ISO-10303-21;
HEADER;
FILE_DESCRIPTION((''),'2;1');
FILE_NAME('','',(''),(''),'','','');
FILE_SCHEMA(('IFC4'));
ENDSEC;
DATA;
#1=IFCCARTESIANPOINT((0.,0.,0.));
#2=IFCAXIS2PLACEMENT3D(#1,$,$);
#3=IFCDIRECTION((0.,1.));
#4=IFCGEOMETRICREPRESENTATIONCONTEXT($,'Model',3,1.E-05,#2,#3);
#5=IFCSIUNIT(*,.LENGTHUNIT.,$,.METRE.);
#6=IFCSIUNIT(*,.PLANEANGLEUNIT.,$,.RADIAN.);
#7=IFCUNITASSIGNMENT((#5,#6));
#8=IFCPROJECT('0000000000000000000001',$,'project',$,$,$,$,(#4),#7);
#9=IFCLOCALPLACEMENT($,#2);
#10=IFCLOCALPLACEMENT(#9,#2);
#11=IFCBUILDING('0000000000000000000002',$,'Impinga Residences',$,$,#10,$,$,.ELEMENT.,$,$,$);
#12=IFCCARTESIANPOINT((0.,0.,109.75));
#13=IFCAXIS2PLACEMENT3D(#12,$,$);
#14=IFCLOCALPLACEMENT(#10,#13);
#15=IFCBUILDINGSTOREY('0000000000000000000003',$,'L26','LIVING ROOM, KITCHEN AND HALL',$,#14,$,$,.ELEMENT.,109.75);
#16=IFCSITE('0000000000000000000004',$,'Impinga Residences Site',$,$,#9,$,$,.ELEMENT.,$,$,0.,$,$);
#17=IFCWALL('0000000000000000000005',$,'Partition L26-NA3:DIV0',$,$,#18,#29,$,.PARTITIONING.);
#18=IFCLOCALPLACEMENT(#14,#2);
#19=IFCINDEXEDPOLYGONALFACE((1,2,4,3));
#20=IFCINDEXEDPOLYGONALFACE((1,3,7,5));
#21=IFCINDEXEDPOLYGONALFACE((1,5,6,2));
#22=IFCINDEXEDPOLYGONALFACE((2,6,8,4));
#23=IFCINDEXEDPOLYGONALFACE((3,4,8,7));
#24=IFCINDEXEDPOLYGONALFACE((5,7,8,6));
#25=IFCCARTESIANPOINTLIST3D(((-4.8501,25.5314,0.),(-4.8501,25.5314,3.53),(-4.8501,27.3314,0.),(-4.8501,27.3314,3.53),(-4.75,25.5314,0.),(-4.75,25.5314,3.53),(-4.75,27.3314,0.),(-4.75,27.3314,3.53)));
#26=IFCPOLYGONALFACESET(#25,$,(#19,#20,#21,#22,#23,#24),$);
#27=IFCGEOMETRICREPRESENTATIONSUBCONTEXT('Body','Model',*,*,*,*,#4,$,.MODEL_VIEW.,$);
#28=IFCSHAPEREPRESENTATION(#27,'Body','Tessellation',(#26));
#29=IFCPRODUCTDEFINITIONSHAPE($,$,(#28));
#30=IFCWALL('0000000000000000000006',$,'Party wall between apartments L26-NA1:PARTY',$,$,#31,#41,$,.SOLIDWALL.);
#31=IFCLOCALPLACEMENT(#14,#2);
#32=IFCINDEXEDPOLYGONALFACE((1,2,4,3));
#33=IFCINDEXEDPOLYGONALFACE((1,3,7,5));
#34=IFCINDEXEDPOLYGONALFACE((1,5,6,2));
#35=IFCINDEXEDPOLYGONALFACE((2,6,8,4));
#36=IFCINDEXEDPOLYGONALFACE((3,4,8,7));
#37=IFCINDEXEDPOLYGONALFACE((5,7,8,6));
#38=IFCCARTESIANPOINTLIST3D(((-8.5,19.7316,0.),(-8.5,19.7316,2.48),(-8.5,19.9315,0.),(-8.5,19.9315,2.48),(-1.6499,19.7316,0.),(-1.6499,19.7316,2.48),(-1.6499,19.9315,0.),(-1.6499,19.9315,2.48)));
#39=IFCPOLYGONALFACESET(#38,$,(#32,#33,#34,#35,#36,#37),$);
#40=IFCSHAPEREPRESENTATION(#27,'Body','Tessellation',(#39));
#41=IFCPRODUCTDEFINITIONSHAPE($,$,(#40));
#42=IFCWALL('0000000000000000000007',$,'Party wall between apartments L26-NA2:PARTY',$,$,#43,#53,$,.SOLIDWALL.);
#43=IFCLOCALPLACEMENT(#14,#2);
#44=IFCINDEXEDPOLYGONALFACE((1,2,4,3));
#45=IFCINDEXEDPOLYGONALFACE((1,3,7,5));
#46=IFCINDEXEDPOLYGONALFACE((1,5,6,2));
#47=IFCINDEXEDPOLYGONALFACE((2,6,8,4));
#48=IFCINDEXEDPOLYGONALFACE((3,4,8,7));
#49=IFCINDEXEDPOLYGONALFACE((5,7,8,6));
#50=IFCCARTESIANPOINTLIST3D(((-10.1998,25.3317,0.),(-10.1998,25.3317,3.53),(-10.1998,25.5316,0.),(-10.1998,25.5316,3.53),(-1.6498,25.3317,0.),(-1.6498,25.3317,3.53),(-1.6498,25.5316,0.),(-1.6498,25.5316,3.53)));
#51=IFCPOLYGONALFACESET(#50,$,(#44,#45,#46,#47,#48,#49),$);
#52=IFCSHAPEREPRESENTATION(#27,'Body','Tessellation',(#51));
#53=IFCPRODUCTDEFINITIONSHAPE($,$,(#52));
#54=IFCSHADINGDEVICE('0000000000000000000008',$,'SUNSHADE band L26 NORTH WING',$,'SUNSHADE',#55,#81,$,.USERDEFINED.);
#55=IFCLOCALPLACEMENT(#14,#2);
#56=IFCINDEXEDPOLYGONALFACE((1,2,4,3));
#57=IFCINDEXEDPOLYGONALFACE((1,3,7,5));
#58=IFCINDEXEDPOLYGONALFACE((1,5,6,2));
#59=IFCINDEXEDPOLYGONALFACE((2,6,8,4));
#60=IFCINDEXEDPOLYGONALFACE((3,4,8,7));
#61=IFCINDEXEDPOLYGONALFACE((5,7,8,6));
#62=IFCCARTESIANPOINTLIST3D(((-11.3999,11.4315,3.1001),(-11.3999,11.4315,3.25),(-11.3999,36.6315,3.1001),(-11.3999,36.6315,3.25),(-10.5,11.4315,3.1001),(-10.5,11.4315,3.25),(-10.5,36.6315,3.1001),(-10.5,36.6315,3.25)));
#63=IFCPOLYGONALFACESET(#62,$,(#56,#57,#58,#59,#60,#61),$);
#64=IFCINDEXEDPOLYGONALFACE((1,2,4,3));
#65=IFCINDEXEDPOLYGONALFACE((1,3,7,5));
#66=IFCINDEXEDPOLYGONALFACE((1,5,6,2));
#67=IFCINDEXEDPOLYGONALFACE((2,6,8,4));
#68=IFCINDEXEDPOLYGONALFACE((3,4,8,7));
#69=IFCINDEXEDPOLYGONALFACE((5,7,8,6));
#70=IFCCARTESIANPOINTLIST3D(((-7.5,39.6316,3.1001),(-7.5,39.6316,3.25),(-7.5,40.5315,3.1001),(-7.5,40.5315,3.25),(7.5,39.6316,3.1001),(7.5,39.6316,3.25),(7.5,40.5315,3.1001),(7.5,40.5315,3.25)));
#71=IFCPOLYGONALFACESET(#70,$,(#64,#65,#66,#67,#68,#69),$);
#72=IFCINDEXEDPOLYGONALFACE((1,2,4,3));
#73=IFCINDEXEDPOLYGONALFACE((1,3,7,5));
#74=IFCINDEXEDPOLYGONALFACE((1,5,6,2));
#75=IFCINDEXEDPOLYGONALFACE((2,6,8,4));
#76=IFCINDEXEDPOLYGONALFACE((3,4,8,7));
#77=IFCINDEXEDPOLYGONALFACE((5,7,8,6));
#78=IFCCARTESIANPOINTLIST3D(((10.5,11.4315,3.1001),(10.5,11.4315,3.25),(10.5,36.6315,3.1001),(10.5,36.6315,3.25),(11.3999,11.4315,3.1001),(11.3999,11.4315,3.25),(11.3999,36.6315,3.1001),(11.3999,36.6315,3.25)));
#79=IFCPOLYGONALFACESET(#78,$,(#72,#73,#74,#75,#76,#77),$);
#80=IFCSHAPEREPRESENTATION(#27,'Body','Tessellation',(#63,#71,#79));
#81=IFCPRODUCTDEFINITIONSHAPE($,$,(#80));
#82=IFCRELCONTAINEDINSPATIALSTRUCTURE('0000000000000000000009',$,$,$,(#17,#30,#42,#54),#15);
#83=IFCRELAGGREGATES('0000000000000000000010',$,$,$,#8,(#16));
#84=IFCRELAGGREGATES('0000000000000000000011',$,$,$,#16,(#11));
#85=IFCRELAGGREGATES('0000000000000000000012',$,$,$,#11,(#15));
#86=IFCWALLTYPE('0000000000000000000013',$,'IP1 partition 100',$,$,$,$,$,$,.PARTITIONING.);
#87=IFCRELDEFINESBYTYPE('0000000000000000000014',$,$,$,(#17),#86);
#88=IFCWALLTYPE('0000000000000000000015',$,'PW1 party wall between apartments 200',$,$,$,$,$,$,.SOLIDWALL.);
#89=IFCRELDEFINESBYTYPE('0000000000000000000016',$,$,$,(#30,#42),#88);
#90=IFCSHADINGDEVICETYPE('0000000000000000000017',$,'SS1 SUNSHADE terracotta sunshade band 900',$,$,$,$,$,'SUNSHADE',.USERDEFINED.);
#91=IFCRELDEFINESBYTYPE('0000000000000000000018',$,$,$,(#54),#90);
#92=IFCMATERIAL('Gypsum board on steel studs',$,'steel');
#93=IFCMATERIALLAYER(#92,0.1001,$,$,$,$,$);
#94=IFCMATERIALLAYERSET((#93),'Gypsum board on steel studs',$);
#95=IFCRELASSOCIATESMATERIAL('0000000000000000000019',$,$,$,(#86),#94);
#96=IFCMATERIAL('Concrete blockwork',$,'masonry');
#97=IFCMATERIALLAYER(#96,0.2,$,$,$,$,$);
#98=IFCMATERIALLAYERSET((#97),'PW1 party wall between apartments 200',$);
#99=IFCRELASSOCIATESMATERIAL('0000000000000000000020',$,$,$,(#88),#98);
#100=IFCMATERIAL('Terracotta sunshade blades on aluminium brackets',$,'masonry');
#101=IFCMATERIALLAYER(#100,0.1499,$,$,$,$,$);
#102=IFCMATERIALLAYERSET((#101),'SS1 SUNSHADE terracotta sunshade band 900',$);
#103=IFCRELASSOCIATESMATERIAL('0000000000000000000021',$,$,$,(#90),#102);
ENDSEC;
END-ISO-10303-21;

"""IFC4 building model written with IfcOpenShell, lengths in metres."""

from ifc_helpers import new_model, si_unit, direction, frame, frame_2d, origin, origin_2d, place, context, subcontext, project, spatial, rectangle, extrude, material, layer, layer_set, type_object, element, save


model = new_model("IFC4")

# Units and contexts
model_context = context("Model", 3, precision=1e-05, world=origin(), true_north=direction((0.0, 1.0)))
body_context = subcontext(model_context, "Body", "Model", "MODEL_VIEW")
ifc_project = project(units=[si_unit("LENGTHUNIT", "METRE"), si_unit("PLANEANGLEUNIT", "RADIAN")], contexts=[model_context])

# Site, building, storey
site_placement = place(None, origin())
site = spatial("IfcSite", under=ifc_project, at=site_placement, Name="Impinga Residences Site", CompositionType="ELEMENT", RefElevation=0.0)
building_placement = place(site_placement, origin())
building = spatial("IfcBuilding", under=site, at=building_placement, Name="Impinga Residences", CompositionType="ELEMENT")
storey_placement = place(building_placement, frame((0.0, 0.0, 109.75)))
storey = spatial("IfcBuildingStorey", under=building, at=storey_placement, Name="L26", Description="LIVING ROOM, KITCHEN AND HALL", CompositionType="ELEMENT", Elevation=109.75)

# Shared definitions
ifc_material_1 = material(Name="Gypsum board on steel studs", Category="steel")
ifc_layer_1 = layer(ifc_material_1, 0.1001)
ifc_layer_set_1 = layer_set([ifc_layer_1], Name="Gypsum board on steel studs")
wall_type_1 = type_object("IfcWallType", Name="IP1 partition 100", PredefinedType="PARTITIONING", material=ifc_layer_set_1)

# Walls
wall_1_placement = place(storey_placement, frame((-4.8, 25.5315, 0.0), z_axis=(0.0, 0.0, 1.0), x_axis=(0.0, 1.0, 0.0)))
element("IfcWall", 1, at=wall_1_placement, inside=storey, type_object=wall_type_1, Name="Partition L26-NA3:DIV0", PredefinedType="PARTITIONING", context=body_context, shape_type="SweptSolid", body=[
    extrude(rectangle(XDim=1.8, YDim=0.1001, at=frame_2d((0.8999, 0.0))), origin(), (0.0, 0.0, 1.0), 3.53),
])
ifc_material_2 = material(Name="Concrete blockwork", Category="masonry")
ifc_layer_2 = layer(ifc_material_2, 0.2)
ifc_layer_set_2 = layer_set([ifc_layer_2], Name="PW1 party wall between apartments 200")
wall_type_2 = type_object("IfcWallType", Name="PW1 party wall between apartments 200", PredefinedType="SOLIDWALL", material=ifc_layer_set_2)
wall_2_placement = place(storey_placement, frame((-1.6499, 19.8315, 0.0), z_axis=(0.0, 0.0, 1.0), x_axis=(-1.0, 0.0, 0.0)))
element("IfcWall", 2, at=wall_2_placement, inside=storey, type_object=wall_type_2, Name="Party wall between apartments L26-NA1:PARTY", PredefinedType="SOLIDWALL", context=body_context, shape_type="SweptSolid", body=[
    extrude(rectangle(XDim=6.8501, YDim=0.2, at=frame_2d((3.425, 0.0))), origin(), (0.0, 0.0, 1.0), 2.48),
])
wall_3_placement = place(storey_placement, frame((-1.6499, 25.4316, 0.0), z_axis=(0.0, 0.0, 1.0), x_axis=(-1.0, 0.0, 0.0)))
element("IfcWall", 3, at=wall_3_placement, inside=storey, type_object=wall_type_2, Name="Party wall between apartments L26-NA2:PARTY", PredefinedType="SOLIDWALL", context=body_context, shape_type="SweptSolid", body=[
    extrude(rectangle(XDim=8.55, YDim=0.2, at=frame_2d((4.2749, 0.0))), origin(), (0.0, 0.0, 1.0), 3.53),
])

# Shading device
ifc_material_3 = material(Name="Terracotta sunshade blades on aluminium brackets", Category="masonry")
ifc_layer_3 = layer(ifc_material_3, 0.1499)
ifc_layer_set_3 = layer_set([ifc_layer_3], Name="SS1 SUNSHADE terracotta sunshade band 900")
shading_device_type = type_object("IfcShadingDeviceType", Name="SS1 SUNSHADE terracotta sunshade band 900", ElementType="SUNSHADE", PredefinedType="USERDEFINED", material=ifc_layer_set_3)
shading_device_placement = place(storey_placement, frame((-10.95, 24.0315, 3.1001), z_axis=(0.0, 0.0, 1.0), x_axis=(0.0, 1.0, 0.0)))
element("IfcShadingDevice", 4, at=shading_device_placement, inside=storey, type_object=shading_device_type, Name="SUNSHADE band L26 NORTH WING", ObjectType="SUNSHADE", PredefinedType="USERDEFINED", context=body_context, shape_type="SweptSolid", body=[
    extrude(rectangle(XDim=25.2, YDim=0.8999, at=origin_2d()), origin(), (0.0, 0.0, 1.0), 0.1499),
    extrude(rectangle(XDim=15.0, YDim=0.8999, at=origin_2d()), frame((16.05, -10.95, 0.0), z_axis=(0.0, 0.0, 1.0), x_axis=(0.0, -1.0, 0.0)), (0.0, 0.0, 1.0), 0.1499),
    extrude(rectangle(XDim=25.2, YDim=0.8999, at=origin_2d()), frame((0.0, -21.8999, 0.0), z_axis=(0.0, 0.0, 1.0), x_axis=(-1.0, 0.0, 0.0)), (0.0, 0.0, 1.0), 0.1499),
])

save(model, "model.ifc")
